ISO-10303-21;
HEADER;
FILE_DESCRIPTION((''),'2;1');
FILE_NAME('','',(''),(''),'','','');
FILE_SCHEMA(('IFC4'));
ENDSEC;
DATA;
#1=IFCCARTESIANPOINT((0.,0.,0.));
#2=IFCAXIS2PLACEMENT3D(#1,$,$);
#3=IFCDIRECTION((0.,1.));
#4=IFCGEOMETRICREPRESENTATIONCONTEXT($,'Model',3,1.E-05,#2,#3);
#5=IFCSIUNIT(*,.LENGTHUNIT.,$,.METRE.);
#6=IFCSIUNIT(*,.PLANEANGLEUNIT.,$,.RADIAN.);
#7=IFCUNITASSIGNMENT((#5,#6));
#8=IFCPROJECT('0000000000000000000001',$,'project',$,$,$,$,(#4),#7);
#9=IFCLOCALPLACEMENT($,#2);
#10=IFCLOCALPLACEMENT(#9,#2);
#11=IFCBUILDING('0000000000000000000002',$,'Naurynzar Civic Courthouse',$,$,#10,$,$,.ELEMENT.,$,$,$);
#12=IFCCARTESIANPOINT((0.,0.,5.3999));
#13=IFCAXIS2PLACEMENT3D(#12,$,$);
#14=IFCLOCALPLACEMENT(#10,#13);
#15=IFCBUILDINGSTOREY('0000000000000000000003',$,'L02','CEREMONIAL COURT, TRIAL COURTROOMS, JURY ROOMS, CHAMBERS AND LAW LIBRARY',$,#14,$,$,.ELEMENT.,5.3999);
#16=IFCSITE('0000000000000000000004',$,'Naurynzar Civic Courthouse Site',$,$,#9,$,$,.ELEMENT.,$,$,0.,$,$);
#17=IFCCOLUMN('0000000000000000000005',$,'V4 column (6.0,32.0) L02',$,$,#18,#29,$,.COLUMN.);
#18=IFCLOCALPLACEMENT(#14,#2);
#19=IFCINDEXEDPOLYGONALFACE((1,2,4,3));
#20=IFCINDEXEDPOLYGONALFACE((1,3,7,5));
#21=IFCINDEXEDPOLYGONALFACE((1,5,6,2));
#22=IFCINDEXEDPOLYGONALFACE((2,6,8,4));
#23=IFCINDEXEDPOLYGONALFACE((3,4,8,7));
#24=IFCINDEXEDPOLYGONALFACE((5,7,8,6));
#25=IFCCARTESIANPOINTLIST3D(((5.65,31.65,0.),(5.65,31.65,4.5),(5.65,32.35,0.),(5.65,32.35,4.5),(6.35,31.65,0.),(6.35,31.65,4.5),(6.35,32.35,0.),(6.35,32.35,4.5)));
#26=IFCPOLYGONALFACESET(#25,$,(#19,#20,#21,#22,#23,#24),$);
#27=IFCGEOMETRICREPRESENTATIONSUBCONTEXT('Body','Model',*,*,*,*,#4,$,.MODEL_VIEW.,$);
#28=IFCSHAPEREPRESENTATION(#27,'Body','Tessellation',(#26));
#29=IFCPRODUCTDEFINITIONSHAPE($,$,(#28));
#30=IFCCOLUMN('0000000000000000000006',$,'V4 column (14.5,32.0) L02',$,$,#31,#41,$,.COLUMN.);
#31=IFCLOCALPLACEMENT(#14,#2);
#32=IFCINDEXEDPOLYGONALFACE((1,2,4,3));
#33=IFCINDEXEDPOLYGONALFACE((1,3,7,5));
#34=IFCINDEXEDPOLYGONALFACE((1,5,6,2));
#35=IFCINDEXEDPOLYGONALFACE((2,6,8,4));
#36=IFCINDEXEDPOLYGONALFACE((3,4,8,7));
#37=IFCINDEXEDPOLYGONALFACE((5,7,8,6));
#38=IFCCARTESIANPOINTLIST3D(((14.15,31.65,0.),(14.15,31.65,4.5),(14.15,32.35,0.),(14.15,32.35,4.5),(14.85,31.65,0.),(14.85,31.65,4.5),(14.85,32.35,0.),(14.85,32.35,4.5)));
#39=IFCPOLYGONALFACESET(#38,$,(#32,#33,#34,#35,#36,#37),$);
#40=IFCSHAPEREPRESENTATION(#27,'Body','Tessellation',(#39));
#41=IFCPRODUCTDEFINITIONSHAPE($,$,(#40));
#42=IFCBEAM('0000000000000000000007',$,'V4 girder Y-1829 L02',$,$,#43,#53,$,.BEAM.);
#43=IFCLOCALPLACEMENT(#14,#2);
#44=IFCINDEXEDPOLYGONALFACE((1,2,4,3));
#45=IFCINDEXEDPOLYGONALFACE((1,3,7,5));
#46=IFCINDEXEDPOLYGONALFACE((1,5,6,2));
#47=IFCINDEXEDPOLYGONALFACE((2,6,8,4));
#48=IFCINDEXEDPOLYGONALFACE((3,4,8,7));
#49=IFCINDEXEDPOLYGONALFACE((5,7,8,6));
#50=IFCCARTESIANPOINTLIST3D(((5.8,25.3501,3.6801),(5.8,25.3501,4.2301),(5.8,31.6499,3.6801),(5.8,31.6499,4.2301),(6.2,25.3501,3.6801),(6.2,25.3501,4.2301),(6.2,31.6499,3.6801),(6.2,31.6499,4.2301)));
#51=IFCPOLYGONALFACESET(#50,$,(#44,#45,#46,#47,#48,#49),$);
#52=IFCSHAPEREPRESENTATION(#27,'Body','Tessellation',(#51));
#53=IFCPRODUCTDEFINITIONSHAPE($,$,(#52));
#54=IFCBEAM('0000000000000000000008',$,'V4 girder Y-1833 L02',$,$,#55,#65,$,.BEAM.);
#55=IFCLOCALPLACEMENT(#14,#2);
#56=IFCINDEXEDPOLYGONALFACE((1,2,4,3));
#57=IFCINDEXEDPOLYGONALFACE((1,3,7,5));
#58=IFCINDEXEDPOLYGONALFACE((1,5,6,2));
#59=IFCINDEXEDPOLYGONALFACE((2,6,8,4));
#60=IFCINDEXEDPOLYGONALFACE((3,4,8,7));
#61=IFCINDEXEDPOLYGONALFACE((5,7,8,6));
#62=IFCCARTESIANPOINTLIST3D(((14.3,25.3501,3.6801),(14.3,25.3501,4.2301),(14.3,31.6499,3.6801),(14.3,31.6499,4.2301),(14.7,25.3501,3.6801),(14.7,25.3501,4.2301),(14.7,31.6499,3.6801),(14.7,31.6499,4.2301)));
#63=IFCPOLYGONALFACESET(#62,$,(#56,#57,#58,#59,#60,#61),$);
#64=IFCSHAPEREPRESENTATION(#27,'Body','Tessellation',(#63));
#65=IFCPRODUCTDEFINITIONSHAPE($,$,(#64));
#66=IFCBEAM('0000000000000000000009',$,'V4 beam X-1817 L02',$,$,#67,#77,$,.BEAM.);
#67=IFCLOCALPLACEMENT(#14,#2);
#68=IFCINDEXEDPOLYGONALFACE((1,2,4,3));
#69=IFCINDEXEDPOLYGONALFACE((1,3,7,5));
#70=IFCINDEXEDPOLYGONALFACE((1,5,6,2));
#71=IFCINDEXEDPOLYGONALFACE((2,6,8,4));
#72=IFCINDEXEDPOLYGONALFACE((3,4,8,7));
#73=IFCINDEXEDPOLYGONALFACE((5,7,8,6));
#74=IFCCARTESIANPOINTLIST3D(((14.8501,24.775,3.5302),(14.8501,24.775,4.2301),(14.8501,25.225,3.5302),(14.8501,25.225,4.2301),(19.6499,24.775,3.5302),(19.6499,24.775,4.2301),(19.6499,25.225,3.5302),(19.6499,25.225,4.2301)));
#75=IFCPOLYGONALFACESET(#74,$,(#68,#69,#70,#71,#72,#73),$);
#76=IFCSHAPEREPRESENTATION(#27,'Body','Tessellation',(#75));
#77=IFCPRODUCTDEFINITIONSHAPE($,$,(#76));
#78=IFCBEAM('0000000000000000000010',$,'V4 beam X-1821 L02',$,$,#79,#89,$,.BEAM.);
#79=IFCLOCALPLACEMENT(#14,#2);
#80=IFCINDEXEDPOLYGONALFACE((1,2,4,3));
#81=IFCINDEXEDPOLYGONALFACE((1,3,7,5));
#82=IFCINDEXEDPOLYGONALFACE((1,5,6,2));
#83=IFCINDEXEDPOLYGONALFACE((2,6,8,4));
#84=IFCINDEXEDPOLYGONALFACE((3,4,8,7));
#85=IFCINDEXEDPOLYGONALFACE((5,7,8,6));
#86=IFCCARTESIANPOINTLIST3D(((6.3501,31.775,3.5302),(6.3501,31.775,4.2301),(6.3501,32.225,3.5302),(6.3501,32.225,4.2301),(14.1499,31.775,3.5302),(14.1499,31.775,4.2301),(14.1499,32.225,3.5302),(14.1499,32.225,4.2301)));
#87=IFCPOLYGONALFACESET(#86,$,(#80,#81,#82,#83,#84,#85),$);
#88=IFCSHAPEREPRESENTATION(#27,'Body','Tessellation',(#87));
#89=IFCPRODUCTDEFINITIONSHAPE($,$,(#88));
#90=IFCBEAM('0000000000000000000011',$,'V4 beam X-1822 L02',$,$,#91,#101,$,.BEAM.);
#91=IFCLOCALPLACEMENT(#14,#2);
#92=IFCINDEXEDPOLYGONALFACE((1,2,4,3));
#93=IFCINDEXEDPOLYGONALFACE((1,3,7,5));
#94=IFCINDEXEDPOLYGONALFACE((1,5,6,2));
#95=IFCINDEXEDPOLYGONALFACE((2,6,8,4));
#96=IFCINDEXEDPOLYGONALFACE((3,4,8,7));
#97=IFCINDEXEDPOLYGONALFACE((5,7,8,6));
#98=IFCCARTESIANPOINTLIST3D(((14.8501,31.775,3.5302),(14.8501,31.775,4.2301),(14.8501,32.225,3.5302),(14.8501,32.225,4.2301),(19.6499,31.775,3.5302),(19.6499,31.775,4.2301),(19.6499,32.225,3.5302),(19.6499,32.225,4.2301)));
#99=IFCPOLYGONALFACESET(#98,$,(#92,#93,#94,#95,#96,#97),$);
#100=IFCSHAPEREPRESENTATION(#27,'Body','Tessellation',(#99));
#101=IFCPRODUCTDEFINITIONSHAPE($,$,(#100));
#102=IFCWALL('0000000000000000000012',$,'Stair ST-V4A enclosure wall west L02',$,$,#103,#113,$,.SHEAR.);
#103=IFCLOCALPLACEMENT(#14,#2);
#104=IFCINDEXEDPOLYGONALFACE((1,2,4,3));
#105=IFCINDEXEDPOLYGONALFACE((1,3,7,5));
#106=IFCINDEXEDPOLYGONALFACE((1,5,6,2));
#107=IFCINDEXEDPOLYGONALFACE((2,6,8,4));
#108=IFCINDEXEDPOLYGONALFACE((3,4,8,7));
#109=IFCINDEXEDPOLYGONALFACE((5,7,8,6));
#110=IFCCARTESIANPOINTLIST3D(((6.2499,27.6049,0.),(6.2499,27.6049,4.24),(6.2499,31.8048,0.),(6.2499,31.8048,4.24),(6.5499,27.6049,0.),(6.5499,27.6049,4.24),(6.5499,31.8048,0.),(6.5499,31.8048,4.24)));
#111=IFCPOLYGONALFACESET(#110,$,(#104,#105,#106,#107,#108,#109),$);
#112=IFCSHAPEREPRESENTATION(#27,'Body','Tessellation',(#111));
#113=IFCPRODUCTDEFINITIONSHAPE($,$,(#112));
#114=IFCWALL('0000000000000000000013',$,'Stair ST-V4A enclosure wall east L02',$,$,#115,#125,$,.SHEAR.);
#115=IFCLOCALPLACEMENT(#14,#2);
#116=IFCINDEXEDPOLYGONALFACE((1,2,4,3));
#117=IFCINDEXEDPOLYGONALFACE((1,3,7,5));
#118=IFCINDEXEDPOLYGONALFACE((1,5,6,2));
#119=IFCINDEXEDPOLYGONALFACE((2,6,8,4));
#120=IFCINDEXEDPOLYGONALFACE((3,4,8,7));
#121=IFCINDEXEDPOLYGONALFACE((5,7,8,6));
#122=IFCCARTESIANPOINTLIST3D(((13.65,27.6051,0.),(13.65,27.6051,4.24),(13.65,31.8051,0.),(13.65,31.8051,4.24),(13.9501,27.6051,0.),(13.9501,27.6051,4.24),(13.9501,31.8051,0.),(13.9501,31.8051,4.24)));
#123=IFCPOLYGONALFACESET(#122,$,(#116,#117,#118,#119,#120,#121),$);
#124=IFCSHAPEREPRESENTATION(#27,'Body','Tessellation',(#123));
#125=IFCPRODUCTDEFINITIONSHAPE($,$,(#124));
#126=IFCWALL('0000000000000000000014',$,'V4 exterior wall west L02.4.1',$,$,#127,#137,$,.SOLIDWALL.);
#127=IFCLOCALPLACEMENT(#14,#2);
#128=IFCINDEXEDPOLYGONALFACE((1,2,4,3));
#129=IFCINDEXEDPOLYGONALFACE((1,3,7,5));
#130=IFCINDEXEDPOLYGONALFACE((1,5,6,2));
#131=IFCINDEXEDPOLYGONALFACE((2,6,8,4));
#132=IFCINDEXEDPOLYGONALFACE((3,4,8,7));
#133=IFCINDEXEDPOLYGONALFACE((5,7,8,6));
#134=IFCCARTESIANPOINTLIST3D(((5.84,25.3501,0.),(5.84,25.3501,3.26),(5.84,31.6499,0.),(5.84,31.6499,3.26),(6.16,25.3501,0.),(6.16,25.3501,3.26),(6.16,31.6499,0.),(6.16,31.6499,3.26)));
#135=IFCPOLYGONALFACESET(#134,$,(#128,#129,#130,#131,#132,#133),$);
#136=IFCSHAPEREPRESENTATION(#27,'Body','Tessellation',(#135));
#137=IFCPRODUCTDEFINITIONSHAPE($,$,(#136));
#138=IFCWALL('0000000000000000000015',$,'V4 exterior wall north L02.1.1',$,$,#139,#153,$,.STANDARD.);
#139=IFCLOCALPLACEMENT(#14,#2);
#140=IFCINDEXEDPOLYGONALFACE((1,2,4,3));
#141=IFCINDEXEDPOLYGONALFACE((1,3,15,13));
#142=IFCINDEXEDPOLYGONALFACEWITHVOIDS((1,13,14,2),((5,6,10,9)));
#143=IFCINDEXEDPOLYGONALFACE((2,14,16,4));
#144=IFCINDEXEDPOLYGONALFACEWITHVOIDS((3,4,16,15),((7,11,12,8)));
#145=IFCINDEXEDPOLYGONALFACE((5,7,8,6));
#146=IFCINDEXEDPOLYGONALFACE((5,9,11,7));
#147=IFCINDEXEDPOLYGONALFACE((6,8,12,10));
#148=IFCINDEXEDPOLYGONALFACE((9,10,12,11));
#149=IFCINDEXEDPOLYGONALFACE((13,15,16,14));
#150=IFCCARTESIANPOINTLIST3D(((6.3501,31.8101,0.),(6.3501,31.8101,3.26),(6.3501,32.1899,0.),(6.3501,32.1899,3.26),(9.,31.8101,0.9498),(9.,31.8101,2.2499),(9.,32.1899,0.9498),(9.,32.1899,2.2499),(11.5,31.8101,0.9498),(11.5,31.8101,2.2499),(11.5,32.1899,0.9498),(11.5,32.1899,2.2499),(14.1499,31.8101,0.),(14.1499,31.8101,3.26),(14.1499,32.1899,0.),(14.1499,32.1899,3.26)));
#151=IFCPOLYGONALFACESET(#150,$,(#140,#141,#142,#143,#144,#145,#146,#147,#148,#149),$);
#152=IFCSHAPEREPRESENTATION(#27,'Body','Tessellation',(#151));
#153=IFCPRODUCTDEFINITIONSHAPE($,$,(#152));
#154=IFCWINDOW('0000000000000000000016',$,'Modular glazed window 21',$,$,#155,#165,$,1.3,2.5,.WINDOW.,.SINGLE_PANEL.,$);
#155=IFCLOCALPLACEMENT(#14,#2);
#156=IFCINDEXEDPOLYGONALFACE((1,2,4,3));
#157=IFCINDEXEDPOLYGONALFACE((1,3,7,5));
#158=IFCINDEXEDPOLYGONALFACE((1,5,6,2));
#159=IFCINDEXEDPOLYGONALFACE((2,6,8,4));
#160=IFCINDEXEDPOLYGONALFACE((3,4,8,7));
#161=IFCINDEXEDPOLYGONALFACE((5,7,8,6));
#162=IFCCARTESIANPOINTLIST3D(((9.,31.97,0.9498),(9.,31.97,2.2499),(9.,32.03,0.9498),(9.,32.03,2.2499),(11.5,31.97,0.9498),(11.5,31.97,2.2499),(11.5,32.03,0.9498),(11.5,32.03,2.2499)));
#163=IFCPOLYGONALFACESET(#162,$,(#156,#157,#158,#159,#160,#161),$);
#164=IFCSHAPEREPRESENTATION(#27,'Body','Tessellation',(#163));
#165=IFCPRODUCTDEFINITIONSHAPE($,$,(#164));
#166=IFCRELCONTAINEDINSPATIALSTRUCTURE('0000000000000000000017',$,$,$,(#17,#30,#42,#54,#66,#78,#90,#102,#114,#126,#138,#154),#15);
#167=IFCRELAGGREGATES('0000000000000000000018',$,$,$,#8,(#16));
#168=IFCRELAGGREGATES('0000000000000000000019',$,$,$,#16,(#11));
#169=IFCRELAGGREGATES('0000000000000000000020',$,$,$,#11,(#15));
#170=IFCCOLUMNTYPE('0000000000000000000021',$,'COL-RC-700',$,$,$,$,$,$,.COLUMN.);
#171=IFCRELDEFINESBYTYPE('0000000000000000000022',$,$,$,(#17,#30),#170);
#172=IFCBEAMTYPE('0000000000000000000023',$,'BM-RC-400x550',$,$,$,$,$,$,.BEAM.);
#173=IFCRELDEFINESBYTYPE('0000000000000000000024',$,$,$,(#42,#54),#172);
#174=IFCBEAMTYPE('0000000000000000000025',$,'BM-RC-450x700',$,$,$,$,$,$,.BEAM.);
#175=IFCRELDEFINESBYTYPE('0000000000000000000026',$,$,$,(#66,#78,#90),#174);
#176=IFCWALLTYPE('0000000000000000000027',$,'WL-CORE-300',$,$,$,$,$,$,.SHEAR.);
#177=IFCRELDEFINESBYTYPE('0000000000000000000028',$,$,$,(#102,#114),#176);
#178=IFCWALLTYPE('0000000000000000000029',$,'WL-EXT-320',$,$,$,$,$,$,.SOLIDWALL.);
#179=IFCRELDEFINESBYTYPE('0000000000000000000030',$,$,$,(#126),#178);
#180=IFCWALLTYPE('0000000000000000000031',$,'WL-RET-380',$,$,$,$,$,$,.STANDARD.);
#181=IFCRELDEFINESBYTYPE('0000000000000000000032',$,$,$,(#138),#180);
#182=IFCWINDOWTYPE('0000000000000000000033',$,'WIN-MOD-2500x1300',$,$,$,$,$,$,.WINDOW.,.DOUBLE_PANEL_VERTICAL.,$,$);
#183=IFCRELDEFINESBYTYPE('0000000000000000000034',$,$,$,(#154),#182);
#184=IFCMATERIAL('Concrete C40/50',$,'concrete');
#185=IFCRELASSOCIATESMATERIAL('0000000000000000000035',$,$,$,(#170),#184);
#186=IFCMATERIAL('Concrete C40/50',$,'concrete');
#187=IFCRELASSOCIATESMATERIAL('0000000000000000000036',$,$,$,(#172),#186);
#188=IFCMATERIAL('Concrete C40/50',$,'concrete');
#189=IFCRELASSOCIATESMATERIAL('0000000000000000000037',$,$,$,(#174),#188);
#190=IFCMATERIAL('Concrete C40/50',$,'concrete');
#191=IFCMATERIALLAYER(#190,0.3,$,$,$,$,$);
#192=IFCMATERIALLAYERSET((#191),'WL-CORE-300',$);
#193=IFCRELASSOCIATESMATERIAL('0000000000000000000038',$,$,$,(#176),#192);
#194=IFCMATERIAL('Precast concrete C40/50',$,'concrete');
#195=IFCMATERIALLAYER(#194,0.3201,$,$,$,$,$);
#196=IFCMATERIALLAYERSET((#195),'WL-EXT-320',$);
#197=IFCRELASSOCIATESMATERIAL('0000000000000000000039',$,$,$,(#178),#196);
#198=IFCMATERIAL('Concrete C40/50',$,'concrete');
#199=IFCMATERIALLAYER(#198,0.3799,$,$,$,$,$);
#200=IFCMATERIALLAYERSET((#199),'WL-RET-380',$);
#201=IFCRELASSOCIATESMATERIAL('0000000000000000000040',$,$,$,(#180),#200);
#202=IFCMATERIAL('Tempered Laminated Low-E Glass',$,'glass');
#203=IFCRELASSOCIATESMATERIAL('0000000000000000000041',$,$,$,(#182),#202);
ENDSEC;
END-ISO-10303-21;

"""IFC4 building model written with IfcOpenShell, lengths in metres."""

from ifc_helpers import new_model, si_unit, direction, frame, frame_2d, origin, origin_2d, place, context, subcontext, project, spatial, rectangle, extrude, material, layer, layer_set, material_profile, profile_set, type_object, element, fill, save


model = new_model("IFC4")

# Units and contexts
model_context = context("Model", 3, precision=1e-05, world=origin(), true_north=direction((0.0, 1.0)))
body_context = subcontext(model_context, "Body", "Model", "MODEL_VIEW")
ifc_project = project(units=[si_unit("LENGTHUNIT", "METRE"), si_unit("PLANEANGLEUNIT", "RADIAN")], contexts=[model_context])

# Site, building, storey
site_placement = place(None, origin())
site = spatial("IfcSite", under=ifc_project, at=site_placement, Name="Naurynzar Civic Courthouse Site", CompositionType="ELEMENT", RefElevation=0.0)
building_placement = place(site_placement, origin())
building = spatial("IfcBuilding", under=site, at=building_placement, Name="Naurynzar Civic Courthouse", CompositionType="ELEMENT")
storey_placement = place(building_placement, frame((0.0, 0.0, 5.3999)))
storey = spatial("IfcBuildingStorey", under=building, at=storey_placement, Name="L02", Description="CEREMONIAL COURT, TRIAL COURTROOMS, JURY ROOMS, CHAMBERS AND LAW LIBRARY", CompositionType="ELEMENT", Elevation=5.3999)

# Columns
ifc_material_1 = material(Name="Concrete C40/50", Category="concrete")
ifc_material_profile_1 = material_profile(ifc_material_1, rectangle(XDim=0.7, YDim=0.7, at=origin_2d()), Name="RC 700x700")
ifc_profile_set_1 = profile_set([ifc_material_profile_1], Name="Concrete C40/50")
column_type = type_object("IfcColumnType", Name="COL-RC-700", PredefinedType="COLUMN", material=ifc_profile_set_1)
for number, where, z_axis, x_axis, name in (
    (1, (6.0, 32.0, 0.0), (0.0, 0.0, 1.0), (1.0, 0.0, 0.0), "V4 column (6.0,32.0) L02"),
    (2, (14.5, 32.0, 0.0), (0.0, 0.0, 1.0), (1.0, 0.0, 0.0), "V4 column (14.5,32.0) L02"),
):
    element("IfcColumn", number, at=place(storey_placement, frame(where, z_axis=z_axis, x_axis=x_axis)), inside=storey, type_object=column_type, Name=name, PredefinedType="COLUMN", context=body_context, shape_type="SweptSolid", body=[
        extrude(rectangle(XDim=0.7, YDim=0.7, at=origin_2d()), origin(), (0.0, 0.0, 1.0), 4.5),
    ])

# Beams
ifc_material_2 = material(Name="Concrete C40/50", Category="concrete")
ifc_material_profile_2 = material_profile(ifc_material_2, rectangle(XDim=0.3999, YDim=0.55, at=origin_2d()), Name="RCB 400x550")
ifc_profile_set_2 = profile_set([ifc_material_profile_2], Name="Concrete C40/50")
beam_type_1 = type_object("IfcBeamType", Name="BM-RC-400x550", PredefinedType="BEAM", material=ifc_profile_set_2)
for number, where, z_axis, x_axis, name in (
    (3, (6.0, 25.3501, 3.9551), (0.0, 1.0, 0.0), (-1.0, 0.0, 0.0), "V4 girder Y-1829 L02"),
    (4, (14.5, 25.3501, 3.9551), (0.0, 1.0, 0.0), (-1.0, 0.0, 0.0), "V4 girder Y-1833 L02"),
):
    element("IfcBeam", number, at=place(storey_placement, frame(where, z_axis=z_axis, x_axis=x_axis)), inside=storey, type_object=beam_type_1, Name=name, PredefinedType="BEAM", context=body_context, shape_type="SweptSolid", body=[
        extrude(rectangle(XDim=0.3999, YDim=0.55, at=origin_2d()), origin(), (0.0, 0.0, 1.0), 6.2998),
    ])
ifc_material_3 = material(Name="Concrete C40/50", Category="concrete")
ifc_material_profile_3 = material_profile(ifc_material_3, rectangle(XDim=0.45, YDim=0.7, at=origin_2d()), Name="RCB 450x700")
ifc_profile_set_3 = profile_set([ifc_material_profile_3], Name="Concrete C40/50")
beam_type_2 = type_object("IfcBeamType", Name="BM-RC-450x700", PredefinedType="BEAM", material=ifc_profile_set_3)
beam_1_placement = place(storey_placement, frame((14.8501, 25.0, 3.8801), z_axis=(1.0, 0.0, 0.0), x_axis=(0.0, 1.0, 0.0)))
element("IfcBeam", 5, at=beam_1_placement, inside=storey, type_object=beam_type_2, Name="V4 beam X-1817 L02", PredefinedType="BEAM", context=body_context, shape_type="SweptSolid", body=[
    extrude(rectangle(XDim=0.45, YDim=0.7, at=origin_2d()), origin(), (0.0, 0.0, 1.0), 4.7998),
])
beam_2_placement = place(storey_placement, frame((6.3501, 32.0, 3.8801), z_axis=(1.0, 0.0, 0.0), x_axis=(0.0, 1.0, 0.0)))
element("IfcBeam", 6, at=beam_2_placement, inside=storey, type_object=beam_type_2, Name="V4 beam X-1821 L02", PredefinedType="BEAM", context=body_context, shape_type="SweptSolid", body=[
    extrude(rectangle(XDim=0.45, YDim=0.7, at=origin_2d()), origin(), (0.0, 0.0, 1.0), 7.7998),
])
beam_3_placement = place(storey_placement, frame((14.8501, 32.0, 3.8801), z_axis=(1.0, 0.0, 0.0), x_axis=(0.0, 1.0, 0.0)))
element("IfcBeam", 7, at=beam_3_placement, inside=storey, type_object=beam_type_2, Name="V4 beam X-1822 L02", PredefinedType="BEAM", context=body_context, shape_type="SweptSolid", body=[
    extrude(rectangle(XDim=0.45, YDim=0.7, at=origin_2d()), origin(), (0.0, 0.0, 1.0), 4.7998),
])

# Shared definitions
ifc_material_4 = material(Name="Concrete C40/50", Category="concrete")
ifc_layer_1 = layer(ifc_material_4, 0.3)
ifc_layer_set_1 = layer_set([ifc_layer_1], Name="WL-CORE-300")
wall_type_1 = type_object("IfcWallType", Name="WL-CORE-300", PredefinedType="SHEAR", material=ifc_layer_set_1)

# Walls
for number, where, z_axis, x_axis, name in (
    (8, (6.3999, 31.8049, 0.0), (0.0, 0.0, 1.0), (0.0, -1.0, 0.0), "Stair ST-V4A enclosure wall west L02"),
    (9, (13.8, 27.605, 0.0), (0.0, 0.0, 1.0), (0.0, 1.0, 0.0), "Stair ST-V4A enclosure wall east L02"),
):
    element("IfcWall", number, at=place(storey_placement, frame(where, z_axis=z_axis, x_axis=x_axis)), inside=storey, type_object=wall_type_1, Name=name, PredefinedType="SHEAR", context=body_context, shape_type="SweptSolid", body=[
        extrude(rectangle(XDim=4.2, YDim=0.3, at=frame_2d((2.1001, 0.0))), origin(), (0.0, 0.0, 1.0), 4.24),
    ])
ifc_material_5 = material(Name="Precast concrete C40/50", Category="concrete")
ifc_layer_2 = layer(ifc_material_5, 0.3201)
ifc_layer_set_2 = layer_set([ifc_layer_2], Name="WL-EXT-320")
wall_type_2 = type_object("IfcWallType", Name="WL-EXT-320", PredefinedType="SOLIDWALL", material=ifc_layer_set_2)
wall_1_placement = place(storey_placement, frame((6.0, 25.3501, 0.0), z_axis=(0.0, 0.0, 1.0), x_axis=(0.0, 1.0, 0.0)))
element("IfcWall", 10, at=wall_1_placement, inside=storey, type_object=wall_type_2, Name="V4 exterior wall west L02.4.1", PredefinedType="SOLIDWALL", context=body_context, shape_type="SweptSolid", body=[
    extrude(rectangle(XDim=6.2998, YDim=0.3201, at=frame_2d((3.1499, 0.0))), origin(), (0.0, 0.0, 1.0), 3.26),
])

# Wall, opening, window
ifc_material_6 = material(Name="Concrete C40/50", Category="concrete")
ifc_layer_3 = layer(ifc_material_6, 0.3799)
ifc_layer_set_3 = layer_set([ifc_layer_3], Name="WL-RET-380")
wall_type_3 = type_object("IfcWallType", Name="WL-RET-380", PredefinedType="STANDARD", material=ifc_layer_set_3)
wall_2_placement = place(storey_placement, frame((6.3501, 32.0, 0.0), z_axis=(0.0, 0.0, 1.0), x_axis=(1.0, 0.0, 0.0)))
wall_2 = element("IfcWall", 11, at=wall_2_placement, inside=storey, type_object=wall_type_3, Name="V4 exterior wall north L02.1.1", PredefinedType="STANDARD", context=body_context, shape_type="SweptSolid", body=[
    extrude(rectangle(XDim=7.7998, YDim=0.3799, at=frame_2d((3.8999, 0.0))), origin(), (0.0, 0.0, 1.0), 3.26),
])
opening_1_placement = place(wall_2_placement, frame((2.6499, 0.0, 0.95)))
opening_1 = element("IfcOpeningElement", 12, at=opening_1_placement, cuts=wall_2, PredefinedType="OPENING", context=body_context, shape_type="SweptSolid", body=[
    extrude(rectangle(XDim=2.5, YDim=1.3, at=frame_2d((1.25, 0.6499))), frame((0.0, 0.2, 0.0), z_axis=(0.0, -1.0, 0.0), x_axis=(1.0, 0.0, 0.0)), (0.0, 0.0, 1.0), 0.3999),
])
ifc_material_7 = material(Name="Tempered Laminated Low-E Glass", Category="glass")
window_type = type_object("IfcWindowType", Name="WIN-MOD-2500x1300", PartitioningType="DOUBLE_PANEL_VERTICAL", PredefinedType="WINDOW", material=ifc_material_7)
window_placement = place(opening_1_placement, origin())
window = element("IfcWindow", 13, at=window_placement, inside=storey, type_object=window_type, Name="Modular glazed window 21", OverallHeight=1.3, OverallWidth=2.5, PartitioningType="SINGLE_PANEL", PredefinedType="WINDOW", context=body_context, shape_type="SweptSolid", body=[
    extrude(rectangle(XDim=2.5, YDim=1.3, at=frame_2d((1.25, 0.6499))), frame((0.0, 0.03, 0.0), z_axis=(0.0, -1.0, 0.0), x_axis=(1.0, 0.0, 0.0)), (0.0, 0.0, 1.0), 0.0601),
])
fill(opening_1, window)

save(model, "model.ifc")
